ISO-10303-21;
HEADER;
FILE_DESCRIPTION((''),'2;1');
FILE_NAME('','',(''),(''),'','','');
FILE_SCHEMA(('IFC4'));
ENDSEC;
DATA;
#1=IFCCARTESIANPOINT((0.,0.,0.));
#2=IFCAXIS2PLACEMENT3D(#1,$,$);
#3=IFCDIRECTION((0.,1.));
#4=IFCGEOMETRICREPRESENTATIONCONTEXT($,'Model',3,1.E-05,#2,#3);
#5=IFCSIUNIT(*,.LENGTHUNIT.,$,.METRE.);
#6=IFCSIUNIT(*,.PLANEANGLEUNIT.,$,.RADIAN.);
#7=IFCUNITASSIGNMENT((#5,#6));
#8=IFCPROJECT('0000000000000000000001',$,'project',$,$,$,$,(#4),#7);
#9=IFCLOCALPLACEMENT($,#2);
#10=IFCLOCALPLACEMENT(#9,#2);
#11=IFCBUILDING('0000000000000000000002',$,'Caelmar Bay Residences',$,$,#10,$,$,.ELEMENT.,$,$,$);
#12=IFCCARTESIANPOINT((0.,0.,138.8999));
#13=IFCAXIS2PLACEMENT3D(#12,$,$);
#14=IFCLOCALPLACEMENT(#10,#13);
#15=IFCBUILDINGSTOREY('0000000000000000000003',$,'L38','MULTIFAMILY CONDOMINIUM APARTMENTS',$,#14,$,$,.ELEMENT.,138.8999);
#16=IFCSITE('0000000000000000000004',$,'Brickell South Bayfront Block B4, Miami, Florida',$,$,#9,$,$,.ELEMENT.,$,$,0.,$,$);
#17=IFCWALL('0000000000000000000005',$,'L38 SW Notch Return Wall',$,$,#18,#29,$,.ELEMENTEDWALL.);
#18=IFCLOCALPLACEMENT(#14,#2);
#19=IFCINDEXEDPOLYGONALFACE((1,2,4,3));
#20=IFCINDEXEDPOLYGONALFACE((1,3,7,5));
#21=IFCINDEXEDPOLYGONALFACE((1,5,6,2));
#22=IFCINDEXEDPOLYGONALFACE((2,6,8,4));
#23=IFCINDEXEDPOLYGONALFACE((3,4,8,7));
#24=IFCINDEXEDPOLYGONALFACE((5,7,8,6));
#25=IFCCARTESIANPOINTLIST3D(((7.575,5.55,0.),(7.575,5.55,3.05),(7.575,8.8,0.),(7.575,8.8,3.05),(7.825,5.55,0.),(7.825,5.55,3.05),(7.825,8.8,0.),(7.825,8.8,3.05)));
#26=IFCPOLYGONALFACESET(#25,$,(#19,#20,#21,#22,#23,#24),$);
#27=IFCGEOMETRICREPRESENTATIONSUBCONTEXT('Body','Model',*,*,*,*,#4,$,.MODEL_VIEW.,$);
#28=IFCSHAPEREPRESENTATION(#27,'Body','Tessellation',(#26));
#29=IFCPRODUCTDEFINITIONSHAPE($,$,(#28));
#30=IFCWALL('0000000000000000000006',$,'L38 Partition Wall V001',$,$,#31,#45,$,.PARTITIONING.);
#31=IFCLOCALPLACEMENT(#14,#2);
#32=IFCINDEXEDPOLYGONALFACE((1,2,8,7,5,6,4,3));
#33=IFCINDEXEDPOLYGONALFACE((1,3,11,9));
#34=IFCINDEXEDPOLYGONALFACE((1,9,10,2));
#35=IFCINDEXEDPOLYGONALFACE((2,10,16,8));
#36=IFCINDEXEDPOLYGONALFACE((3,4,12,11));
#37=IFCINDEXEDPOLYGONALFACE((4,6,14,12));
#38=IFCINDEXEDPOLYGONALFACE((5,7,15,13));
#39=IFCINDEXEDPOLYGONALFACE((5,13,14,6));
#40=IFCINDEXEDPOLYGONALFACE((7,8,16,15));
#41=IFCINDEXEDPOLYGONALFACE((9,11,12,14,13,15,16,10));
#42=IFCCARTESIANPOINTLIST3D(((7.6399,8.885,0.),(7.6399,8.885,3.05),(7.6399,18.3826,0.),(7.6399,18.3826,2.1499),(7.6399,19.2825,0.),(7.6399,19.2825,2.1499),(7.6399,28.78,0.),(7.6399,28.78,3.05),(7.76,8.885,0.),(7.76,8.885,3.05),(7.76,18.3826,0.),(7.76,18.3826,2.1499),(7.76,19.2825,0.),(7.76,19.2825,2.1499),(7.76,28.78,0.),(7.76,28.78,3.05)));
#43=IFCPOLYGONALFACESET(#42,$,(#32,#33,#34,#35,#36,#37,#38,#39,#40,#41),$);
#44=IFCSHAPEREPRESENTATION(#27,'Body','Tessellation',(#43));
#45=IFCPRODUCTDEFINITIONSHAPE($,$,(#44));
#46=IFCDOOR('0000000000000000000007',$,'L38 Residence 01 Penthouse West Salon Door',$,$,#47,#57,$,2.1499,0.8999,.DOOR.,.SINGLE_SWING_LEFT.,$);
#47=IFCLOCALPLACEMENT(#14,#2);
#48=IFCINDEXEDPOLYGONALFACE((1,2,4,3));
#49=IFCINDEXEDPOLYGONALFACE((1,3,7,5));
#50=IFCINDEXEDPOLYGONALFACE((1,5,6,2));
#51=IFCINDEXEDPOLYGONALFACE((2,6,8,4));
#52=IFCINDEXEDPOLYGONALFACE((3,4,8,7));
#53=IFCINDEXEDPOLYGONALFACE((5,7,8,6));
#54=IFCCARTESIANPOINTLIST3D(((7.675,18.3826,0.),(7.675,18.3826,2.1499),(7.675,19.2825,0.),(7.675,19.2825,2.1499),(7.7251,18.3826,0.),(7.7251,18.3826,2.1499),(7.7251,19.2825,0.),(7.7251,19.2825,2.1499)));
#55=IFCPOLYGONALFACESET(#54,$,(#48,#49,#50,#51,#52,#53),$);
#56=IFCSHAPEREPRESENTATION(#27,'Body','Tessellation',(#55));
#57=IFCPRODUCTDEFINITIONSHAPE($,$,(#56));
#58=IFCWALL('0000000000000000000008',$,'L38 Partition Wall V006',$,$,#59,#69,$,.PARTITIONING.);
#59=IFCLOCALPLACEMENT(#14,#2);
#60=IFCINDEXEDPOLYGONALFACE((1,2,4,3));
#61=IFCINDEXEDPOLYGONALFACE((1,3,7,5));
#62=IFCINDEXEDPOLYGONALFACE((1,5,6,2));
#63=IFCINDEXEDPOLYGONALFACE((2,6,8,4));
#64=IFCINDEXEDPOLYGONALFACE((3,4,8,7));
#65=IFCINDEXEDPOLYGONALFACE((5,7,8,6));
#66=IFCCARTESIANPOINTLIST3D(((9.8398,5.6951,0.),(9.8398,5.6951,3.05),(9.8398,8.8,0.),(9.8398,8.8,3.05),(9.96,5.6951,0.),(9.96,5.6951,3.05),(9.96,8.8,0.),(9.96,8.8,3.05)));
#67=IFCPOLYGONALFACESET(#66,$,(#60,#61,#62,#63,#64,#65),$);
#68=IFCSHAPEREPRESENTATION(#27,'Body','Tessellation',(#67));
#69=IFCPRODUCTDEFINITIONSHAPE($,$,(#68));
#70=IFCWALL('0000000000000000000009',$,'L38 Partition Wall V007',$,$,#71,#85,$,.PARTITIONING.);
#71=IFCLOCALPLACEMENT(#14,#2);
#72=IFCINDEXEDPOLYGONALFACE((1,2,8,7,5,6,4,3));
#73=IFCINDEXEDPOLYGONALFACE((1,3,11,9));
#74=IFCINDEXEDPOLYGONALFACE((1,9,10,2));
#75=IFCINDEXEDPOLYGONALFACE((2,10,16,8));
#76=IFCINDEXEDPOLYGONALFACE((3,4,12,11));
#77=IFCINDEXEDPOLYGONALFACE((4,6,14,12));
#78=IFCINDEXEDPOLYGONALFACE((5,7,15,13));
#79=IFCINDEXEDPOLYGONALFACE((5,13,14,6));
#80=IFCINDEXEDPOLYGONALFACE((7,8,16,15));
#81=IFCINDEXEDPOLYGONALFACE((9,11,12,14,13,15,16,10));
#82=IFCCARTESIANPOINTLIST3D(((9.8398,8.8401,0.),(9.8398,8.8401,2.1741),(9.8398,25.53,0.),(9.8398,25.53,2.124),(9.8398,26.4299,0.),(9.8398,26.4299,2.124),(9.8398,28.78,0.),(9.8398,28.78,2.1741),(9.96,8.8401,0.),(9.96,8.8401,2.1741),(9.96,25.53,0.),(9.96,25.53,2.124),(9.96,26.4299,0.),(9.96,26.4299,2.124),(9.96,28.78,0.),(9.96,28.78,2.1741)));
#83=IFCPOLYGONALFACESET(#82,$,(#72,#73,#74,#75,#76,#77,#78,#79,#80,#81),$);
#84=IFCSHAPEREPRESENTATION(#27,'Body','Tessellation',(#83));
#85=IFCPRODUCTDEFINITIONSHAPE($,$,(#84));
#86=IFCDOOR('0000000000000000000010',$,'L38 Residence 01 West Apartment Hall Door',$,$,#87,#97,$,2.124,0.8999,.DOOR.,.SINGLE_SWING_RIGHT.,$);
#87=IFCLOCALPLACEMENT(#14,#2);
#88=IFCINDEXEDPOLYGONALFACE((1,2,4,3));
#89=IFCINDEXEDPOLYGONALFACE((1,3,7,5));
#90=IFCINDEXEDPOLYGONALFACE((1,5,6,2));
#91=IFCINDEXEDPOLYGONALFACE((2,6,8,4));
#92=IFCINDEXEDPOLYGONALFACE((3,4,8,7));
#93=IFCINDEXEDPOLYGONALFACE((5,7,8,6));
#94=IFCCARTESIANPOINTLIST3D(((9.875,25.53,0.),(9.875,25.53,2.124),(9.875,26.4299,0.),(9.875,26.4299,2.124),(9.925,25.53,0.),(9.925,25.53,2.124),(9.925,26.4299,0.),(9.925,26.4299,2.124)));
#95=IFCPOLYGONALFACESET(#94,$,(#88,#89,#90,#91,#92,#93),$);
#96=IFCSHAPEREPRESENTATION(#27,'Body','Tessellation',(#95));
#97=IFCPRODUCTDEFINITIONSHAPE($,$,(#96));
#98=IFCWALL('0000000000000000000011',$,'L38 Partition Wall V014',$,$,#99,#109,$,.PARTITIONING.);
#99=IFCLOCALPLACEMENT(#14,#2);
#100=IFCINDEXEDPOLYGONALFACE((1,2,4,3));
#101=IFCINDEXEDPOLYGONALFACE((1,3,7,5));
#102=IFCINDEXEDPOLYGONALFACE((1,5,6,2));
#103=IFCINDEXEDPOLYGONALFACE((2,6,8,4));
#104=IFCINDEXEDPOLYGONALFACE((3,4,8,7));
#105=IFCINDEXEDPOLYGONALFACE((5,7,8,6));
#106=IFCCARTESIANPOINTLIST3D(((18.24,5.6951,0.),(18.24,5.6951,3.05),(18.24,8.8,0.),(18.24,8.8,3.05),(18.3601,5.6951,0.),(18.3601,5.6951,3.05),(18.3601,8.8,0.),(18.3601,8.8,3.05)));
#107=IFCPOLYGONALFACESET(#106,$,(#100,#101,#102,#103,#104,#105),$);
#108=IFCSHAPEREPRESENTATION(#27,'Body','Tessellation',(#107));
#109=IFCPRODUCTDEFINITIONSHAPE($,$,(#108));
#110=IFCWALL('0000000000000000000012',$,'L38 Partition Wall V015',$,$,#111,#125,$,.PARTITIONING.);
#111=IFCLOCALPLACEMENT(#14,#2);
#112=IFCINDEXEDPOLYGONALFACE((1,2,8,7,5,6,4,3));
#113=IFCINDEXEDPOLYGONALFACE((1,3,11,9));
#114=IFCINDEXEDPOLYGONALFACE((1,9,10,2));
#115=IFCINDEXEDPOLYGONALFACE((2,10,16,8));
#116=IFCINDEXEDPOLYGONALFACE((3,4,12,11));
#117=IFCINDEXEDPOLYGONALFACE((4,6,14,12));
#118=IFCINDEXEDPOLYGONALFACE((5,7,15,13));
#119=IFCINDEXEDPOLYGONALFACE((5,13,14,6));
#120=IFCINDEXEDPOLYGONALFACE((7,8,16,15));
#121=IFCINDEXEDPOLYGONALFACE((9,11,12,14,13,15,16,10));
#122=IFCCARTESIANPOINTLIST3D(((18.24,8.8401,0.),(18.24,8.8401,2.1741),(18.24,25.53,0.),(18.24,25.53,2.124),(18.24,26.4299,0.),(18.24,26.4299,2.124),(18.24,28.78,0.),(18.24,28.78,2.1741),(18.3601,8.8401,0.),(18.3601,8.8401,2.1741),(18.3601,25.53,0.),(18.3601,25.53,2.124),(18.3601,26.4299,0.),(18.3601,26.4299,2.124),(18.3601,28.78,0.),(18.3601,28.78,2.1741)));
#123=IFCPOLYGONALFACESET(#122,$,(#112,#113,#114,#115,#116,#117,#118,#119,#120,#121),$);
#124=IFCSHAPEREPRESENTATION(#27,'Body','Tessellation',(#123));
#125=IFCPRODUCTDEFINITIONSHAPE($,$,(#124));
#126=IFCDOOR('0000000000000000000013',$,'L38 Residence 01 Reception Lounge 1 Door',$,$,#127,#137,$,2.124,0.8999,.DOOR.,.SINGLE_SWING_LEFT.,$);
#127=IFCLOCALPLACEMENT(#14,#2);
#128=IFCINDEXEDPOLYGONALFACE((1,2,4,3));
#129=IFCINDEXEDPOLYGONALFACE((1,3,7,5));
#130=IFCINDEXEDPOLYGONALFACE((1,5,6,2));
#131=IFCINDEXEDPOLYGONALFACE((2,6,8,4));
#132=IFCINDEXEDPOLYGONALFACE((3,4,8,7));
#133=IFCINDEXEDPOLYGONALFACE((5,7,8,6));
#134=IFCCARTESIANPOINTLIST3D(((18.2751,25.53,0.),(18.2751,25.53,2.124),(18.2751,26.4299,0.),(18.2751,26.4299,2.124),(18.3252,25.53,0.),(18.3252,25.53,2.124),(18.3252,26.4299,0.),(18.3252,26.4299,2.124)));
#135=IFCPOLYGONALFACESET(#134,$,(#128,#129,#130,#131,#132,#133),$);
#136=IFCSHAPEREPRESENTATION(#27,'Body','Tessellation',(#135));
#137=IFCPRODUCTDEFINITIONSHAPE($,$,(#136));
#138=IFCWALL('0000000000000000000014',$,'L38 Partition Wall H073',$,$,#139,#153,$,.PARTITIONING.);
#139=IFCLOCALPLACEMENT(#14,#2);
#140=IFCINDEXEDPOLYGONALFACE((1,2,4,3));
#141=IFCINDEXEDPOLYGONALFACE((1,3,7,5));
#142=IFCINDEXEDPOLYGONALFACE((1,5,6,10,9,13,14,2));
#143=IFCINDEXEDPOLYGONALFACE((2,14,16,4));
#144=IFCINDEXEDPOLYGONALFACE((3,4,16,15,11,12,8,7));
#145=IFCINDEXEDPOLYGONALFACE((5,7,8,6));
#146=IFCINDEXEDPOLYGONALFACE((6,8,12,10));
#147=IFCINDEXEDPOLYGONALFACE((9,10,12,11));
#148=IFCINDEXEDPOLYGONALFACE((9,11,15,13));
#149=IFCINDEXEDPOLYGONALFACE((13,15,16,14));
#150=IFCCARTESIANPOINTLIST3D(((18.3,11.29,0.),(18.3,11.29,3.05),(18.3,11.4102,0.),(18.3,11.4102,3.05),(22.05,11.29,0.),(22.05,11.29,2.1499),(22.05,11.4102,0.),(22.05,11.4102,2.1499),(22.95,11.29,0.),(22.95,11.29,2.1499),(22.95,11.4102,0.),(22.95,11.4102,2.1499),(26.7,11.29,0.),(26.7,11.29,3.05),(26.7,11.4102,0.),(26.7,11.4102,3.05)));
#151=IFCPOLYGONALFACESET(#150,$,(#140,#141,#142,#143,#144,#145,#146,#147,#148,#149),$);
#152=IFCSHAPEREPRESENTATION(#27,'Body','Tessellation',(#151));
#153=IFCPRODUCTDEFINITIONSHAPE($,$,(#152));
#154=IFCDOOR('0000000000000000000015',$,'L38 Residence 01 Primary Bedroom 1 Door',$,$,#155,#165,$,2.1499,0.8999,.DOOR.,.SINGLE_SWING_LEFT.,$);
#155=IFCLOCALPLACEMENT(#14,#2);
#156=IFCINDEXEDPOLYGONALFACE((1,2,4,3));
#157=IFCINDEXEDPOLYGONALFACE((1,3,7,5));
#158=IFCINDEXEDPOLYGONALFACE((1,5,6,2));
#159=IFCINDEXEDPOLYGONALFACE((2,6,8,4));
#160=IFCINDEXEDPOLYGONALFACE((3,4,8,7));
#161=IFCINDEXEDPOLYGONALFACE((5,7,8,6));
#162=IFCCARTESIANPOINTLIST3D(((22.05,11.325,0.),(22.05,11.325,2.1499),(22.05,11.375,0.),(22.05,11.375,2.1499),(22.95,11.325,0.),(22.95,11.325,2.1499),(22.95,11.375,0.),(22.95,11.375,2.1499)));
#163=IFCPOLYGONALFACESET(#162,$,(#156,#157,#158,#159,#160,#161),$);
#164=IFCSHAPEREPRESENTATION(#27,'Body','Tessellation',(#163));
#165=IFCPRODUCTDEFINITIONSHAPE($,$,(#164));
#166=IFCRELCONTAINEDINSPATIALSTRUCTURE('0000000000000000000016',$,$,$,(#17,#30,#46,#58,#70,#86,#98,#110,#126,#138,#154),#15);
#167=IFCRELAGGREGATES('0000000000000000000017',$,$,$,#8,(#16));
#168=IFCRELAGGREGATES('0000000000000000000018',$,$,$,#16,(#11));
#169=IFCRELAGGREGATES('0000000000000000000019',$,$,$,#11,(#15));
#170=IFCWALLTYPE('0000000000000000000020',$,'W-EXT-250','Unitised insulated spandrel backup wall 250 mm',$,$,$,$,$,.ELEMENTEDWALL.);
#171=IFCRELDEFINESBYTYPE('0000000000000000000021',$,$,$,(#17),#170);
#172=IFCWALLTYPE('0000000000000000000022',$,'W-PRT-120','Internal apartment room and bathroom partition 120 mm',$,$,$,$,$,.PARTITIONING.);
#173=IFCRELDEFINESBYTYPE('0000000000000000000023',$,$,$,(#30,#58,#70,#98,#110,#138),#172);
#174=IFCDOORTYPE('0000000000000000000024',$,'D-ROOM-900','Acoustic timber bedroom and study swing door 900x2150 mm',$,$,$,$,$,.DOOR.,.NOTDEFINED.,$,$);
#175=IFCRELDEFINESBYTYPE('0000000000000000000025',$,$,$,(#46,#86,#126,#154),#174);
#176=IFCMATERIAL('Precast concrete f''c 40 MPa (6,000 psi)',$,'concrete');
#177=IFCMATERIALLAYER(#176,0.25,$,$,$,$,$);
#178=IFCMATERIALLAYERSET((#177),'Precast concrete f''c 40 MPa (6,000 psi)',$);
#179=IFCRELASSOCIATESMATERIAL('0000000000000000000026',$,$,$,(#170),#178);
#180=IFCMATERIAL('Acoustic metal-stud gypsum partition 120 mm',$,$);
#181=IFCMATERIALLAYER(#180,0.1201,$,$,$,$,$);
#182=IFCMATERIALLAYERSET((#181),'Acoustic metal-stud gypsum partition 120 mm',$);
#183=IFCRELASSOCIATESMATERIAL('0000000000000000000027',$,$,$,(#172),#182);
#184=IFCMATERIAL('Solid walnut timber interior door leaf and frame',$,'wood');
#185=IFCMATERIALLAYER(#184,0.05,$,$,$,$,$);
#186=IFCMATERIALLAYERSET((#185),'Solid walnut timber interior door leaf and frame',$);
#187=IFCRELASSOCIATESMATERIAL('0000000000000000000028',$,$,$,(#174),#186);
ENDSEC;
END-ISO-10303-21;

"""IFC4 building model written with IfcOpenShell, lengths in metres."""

from ifc_helpers import new_model, si_unit, direction, frame, frame_2d, origin, place, context, subcontext, project, spatial, rectangle, extrude, material, layer, layer_set, type_object, element, fill, save


model = new_model("IFC4")

# Units and contexts
model_context = context("Model", 3, precision=1e-05, world=origin(), true_north=direction((0.0, 1.0)))
body_context = subcontext(model_context, "Body", "Model", "MODEL_VIEW")
ifc_project = project(units=[si_unit("LENGTHUNIT", "METRE"), si_unit("PLANEANGLEUNIT", "RADIAN")], contexts=[model_context])

# Site, building, storey
site_placement = place(None, origin())
site = spatial("IfcSite", under=ifc_project, at=site_placement, Name="Brickell South Bayfront Block B4, Miami, Florida", CompositionType="ELEMENT", RefElevation=0.0)
building_placement = place(site_placement, origin())
building = spatial("IfcBuilding", under=site, at=building_placement, Name="Caelmar Bay Residences", CompositionType="ELEMENT")
storey_placement = place(building_placement, frame((0.0, 0.0, 138.8999)))
storey = spatial("IfcBuildingStorey", under=building, at=storey_placement, Name="L38", Description="MULTIFAMILY CONDOMINIUM APARTMENTS", CompositionType="ELEMENT", Elevation=138.8999)

# Wall
ifc_material_1 = material(Name="Precast concrete f'c 40 MPa (6,000 psi)", Category="concrete")
ifc_layer_1 = layer(ifc_material_1, 0.25)
ifc_layer_set_1 = layer_set([ifc_layer_1], Name="Precast concrete f'c 40 MPa (6,000 psi)")
wall_type_1 = type_object("IfcWallType", Name="W-EXT-250", Description="Unitised insulated spandrel backup wall 250 mm", PredefinedType="ELEMENTEDWALL", material=ifc_layer_set_1)
wall_1_placement = place(storey_placement, frame((7.7, 8.8, 0.0), z_axis=(0.0, 0.0, 1.0), x_axis=(0.0, -1.0, 0.0)))
element("IfcWall", 1, at=wall_1_placement, inside=storey, type_object=wall_type_1, Name="L38 SW Notch Return Wall", PredefinedType="ELEMENTEDWALL", context=body_context, shape_type="SweptSolid", body=[
    extrude(rectangle(XDim=3.25, YDim=0.25, at=frame_2d((1.625, 0.0))), origin(), (0.0, 0.0, 1.0), 3.05),
])

# Wall, opening, door
ifc_material_2 = material(Name="Acoustic metal-stud gypsum partition 120 mm")
ifc_layer_2 = layer(ifc_material_2, 0.1201)
ifc_layer_set_2 = layer_set([ifc_layer_2], Name="Acoustic metal-stud gypsum partition 120 mm")
wall_type_2 = type_object("IfcWallType", Name="W-PRT-120", Description="Internal apartment room and bathroom partition 120 mm", PredefinedType="PARTITIONING", material=ifc_layer_set_2)
wall_2_placement = place(storey_placement, frame((7.7, 8.885, 0.0), z_axis=(0.0, 0.0, 1.0), x_axis=(0.0, 1.0, 0.0)))
wall_2 = element("IfcWall", 2, at=wall_2_placement, inside=storey, type_object=wall_type_2, Name="L38 Partition Wall V001", PredefinedType="PARTITIONING", context=body_context, shape_type="SweptSolid", body=[
    extrude(rectangle(XDim=19.895, YDim=0.1201, at=frame_2d((9.9475, 0.0))), origin(), (0.0, 0.0, 1.0), 3.05),
])
opening_1_placement = place(wall_2_placement, frame((9.4976, 0.0, 0.0)))
opening_1 = element("IfcOpeningElement", 3, at=opening_1_placement, cuts=wall_2, PredefinedType="OPENING", context=body_context, shape_type="SweptSolid", body=[
    extrude(rectangle(XDim=0.8999, YDim=2.1499, at=frame_2d((0.45, 1.075))), frame((0.0, 0.0701, 0.0), z_axis=(0.0, -1.0, 0.0), x_axis=(1.0, 0.0, 0.0)), (0.0, 0.0, 1.0), 0.1401),
])
ifc_material_3 = material(Name="Solid walnut timber interior door leaf and frame", Category="wood")
ifc_layer_3 = layer(ifc_material_3, 0.05)
ifc_layer_set_3 = layer_set([ifc_layer_3], Name="Solid walnut timber interior door leaf and frame")
door_type = type_object("IfcDoorType", Name="D-ROOM-900", Description="Acoustic timber bedroom and study swing door 900x2150 mm", OperationType="NOTDEFINED", PredefinedType="DOOR", material=ifc_layer_set_3)
door_1_placement = place(opening_1_placement, origin())
door_1 = element("IfcDoor", 4, at=door_1_placement, inside=storey, type_object=door_type, Name="L38 Residence 01 Penthouse West Salon Door", OperationType="SINGLE_SWING_LEFT", OverallHeight=2.1499, OverallWidth=0.8999, PredefinedType="DOOR", context=body_context, shape_type="SweptSolid", body=[
    extrude(rectangle(XDim=0.8999, YDim=2.1499, at=frame_2d((0.45, 1.075))), frame((0.0, 0.0249, 0.0), z_axis=(0.0, -1.0, 0.0), x_axis=(1.0, 0.0, 0.0)), (0.0, 0.0, 1.0), 0.05),
])
fill(opening_1, door_1)

# Wall
wall_3_placement = place(storey_placement, frame((9.8999, 5.6951, 0.0), z_axis=(0.0, 0.0, 1.0), x_axis=(0.0, 1.0, 0.0)))
element("IfcWall", 5, at=wall_3_placement, inside=storey, type_object=wall_type_2, Name="L38 Partition Wall V006", PredefinedType="PARTITIONING", context=body_context, shape_type="SweptSolid", body=[
    extrude(rectangle(XDim=3.105, YDim=0.1201, at=frame_2d((1.5525, 0.0))), origin(), (0.0, 0.0, 1.0), 3.05),
])

# Wall, opening, door
wall_4_placement = place(storey_placement, frame((9.8999, 8.8401, 0.0), z_axis=(0.0, 0.0, 1.0), x_axis=(0.0, 1.0, 0.0)))
wall_4 = element("IfcWall", 6, at=wall_4_placement, inside=storey, type_object=wall_type_2, Name="L38 Partition Wall V007", PredefinedType="PARTITIONING", context=body_context, shape_type="SweptSolid", body=[
    extrude(rectangle(XDim=19.9399, YDim=0.1201, at=frame_2d((9.97, 0.0))), origin(), (0.0, 0.0, 1.0), 2.1741),
])
opening_2_placement = place(wall_4_placement, frame((16.6899, 0.0, 0.0)))
opening_2 = element("IfcOpeningElement", 7, at=opening_2_placement, cuts=wall_4, PredefinedType="OPENING", context=body_context, shape_type="SweptSolid", body=[
    extrude(rectangle(XDim=0.8999, YDim=2.124, at=frame_2d((0.45, 1.062))), frame((0.0, 0.0701, 0.0), z_axis=(0.0, -1.0, 0.0), x_axis=(1.0, 0.0, 0.0)), (0.0, 0.0, 1.0), 0.1401),
])
door_2_placement = place(opening_2_placement, origin())
door_2 = element("IfcDoor", 8, at=door_2_placement, inside=storey, type_object=door_type, Name="L38 Residence 01 West Apartment Hall Door", OperationType="SINGLE_SWING_RIGHT", OverallHeight=2.124, OverallWidth=0.8999, PredefinedType="DOOR", context=body_context, shape_type="SweptSolid", body=[
    extrude(rectangle(XDim=0.8999, YDim=2.124, at=frame_2d((0.45, 1.062))), frame((0.0, 0.0249, 0.0), z_axis=(0.0, -1.0, 0.0), x_axis=(1.0, 0.0, 0.0)), (0.0, 0.0, 1.0), 0.05),
])
fill(opening_2, door_2)

# Wall
wall_5_placement = place(storey_placement, frame((18.3, 5.6951, 0.0), z_axis=(0.0, 0.0, 1.0), x_axis=(0.0, 1.0, 0.0)))
element("IfcWall", 9, at=wall_5_placement, inside=storey, type_object=wall_type_2, Name="L38 Partition Wall V014", PredefinedType="PARTITIONING", context=body_context, shape_type="SweptSolid", body=[
    extrude(rectangle(XDim=3.105, YDim=0.1201, at=frame_2d((1.5525, 0.0))), origin(), (0.0, 0.0, 1.0), 3.05),
])

# Walls, openings, doors
wall_6_placement = place(storey_placement, frame((18.3, 8.8401, 0.0), z_axis=(0.0, 0.0, 1.0), x_axis=(0.0, 1.0, 0.0)))
wall_6 = element("IfcWall", 10, at=wall_6_placement, inside=storey, type_object=wall_type_2, Name="L38 Partition Wall V015", PredefinedType="PARTITIONING", context=body_context, shape_type="SweptSolid", body=[
    extrude(rectangle(XDim=19.9399, YDim=0.1201, at=frame_2d((9.97, 0.0))), origin(), (0.0, 0.0, 1.0), 2.1741),
])
opening_3_placement = place(wall_6_placement, frame((16.6899, 0.0, 0.0)))
opening_3 = element("IfcOpeningElement", 11, at=opening_3_placement, cuts=wall_6, PredefinedType="OPENING", context=body_context, shape_type="SweptSolid", body=[
    extrude(rectangle(XDim=0.8999, YDim=2.124, at=frame_2d((0.45, 1.062))), frame((0.0, 0.0701, 0.0), z_axis=(0.0, -1.0, 0.0), x_axis=(1.0, 0.0, 0.0)), (0.0, 0.0, 1.0), 0.1401),
])
door_3_placement = place(opening_3_placement, origin())
door_3 = element("IfcDoor", 12, at=door_3_placement, inside=storey, type_object=door_type, Name="L38 Residence 01 Reception Lounge 1 Door", OperationType="SINGLE_SWING_LEFT", OverallHeight=2.124, OverallWidth=0.8999, PredefinedType="DOOR", context=body_context, shape_type="SweptSolid", body=[
    extrude(rectangle(XDim=0.8999, YDim=2.124, at=frame_2d((0.45, 1.062))), frame((0.0, 0.0249, 0.0), z_axis=(0.0, -1.0, 0.0), x_axis=(1.0, 0.0, 0.0)), (0.0, 0.0, 1.0), 0.05),
])
fill(opening_3, door_3)
wall_7_placement = place(storey_placement, frame((18.3, 11.3501, 0.0), z_axis=(0.0, 0.0, 1.0), x_axis=(1.0, 0.0, 0.0)))
wall_7 = element("IfcWall", 13, at=wall_7_placement, inside=storey, type_object=wall_type_2, Name="L38 Partition Wall H073", PredefinedType="PARTITIONING", context=body_context, shape_type="SweptSolid", body=[
    extrude(rectangle(XDim=8.3999, YDim=0.1201, at=frame_2d((4.2, 0.0))), origin(), (0.0, 0.0, 1.0), 3.05),
])
opening_4_placement = place(wall_7_placement, frame((3.75, 0.0, 0.0)))
opening_4 = element("IfcOpeningElement", 14, at=opening_4_placement, cuts=wall_7, PredefinedType="OPENING", context=body_context, shape_type="SweptSolid", body=[
    extrude(rectangle(XDim=0.8999, YDim=2.1499, at=frame_2d((0.45, 1.075))), frame((0.0, 0.0701, 0.0), z_axis=(0.0, -1.0, 0.0), x_axis=(1.0, 0.0, 0.0)), (0.0, 0.0, 1.0), 0.1401),
])
door_4_placement = place(opening_4_placement, origin())
door_4 = element("IfcDoor", 15, at=door_4_placement, inside=storey, type_object=door_type, Name="L38 Residence 01 Primary Bedroom 1 Door", OperationType="SINGLE_SWING_LEFT", OverallHeight=2.1499, OverallWidth=0.8999, PredefinedType="DOOR", context=body_context, shape_type="SweptSolid", body=[
    extrude(rectangle(XDim=0.8999, YDim=2.1499, at=frame_2d((0.45, 1.075))), frame((0.0, 0.0249, 0.0), z_axis=(0.0, -1.0, 0.0), x_axis=(1.0, 0.0, 0.0)), (0.0, 0.0, 1.0), 0.05),
])
fill(opening_4, door_4)

save(model, "model.ifc")
